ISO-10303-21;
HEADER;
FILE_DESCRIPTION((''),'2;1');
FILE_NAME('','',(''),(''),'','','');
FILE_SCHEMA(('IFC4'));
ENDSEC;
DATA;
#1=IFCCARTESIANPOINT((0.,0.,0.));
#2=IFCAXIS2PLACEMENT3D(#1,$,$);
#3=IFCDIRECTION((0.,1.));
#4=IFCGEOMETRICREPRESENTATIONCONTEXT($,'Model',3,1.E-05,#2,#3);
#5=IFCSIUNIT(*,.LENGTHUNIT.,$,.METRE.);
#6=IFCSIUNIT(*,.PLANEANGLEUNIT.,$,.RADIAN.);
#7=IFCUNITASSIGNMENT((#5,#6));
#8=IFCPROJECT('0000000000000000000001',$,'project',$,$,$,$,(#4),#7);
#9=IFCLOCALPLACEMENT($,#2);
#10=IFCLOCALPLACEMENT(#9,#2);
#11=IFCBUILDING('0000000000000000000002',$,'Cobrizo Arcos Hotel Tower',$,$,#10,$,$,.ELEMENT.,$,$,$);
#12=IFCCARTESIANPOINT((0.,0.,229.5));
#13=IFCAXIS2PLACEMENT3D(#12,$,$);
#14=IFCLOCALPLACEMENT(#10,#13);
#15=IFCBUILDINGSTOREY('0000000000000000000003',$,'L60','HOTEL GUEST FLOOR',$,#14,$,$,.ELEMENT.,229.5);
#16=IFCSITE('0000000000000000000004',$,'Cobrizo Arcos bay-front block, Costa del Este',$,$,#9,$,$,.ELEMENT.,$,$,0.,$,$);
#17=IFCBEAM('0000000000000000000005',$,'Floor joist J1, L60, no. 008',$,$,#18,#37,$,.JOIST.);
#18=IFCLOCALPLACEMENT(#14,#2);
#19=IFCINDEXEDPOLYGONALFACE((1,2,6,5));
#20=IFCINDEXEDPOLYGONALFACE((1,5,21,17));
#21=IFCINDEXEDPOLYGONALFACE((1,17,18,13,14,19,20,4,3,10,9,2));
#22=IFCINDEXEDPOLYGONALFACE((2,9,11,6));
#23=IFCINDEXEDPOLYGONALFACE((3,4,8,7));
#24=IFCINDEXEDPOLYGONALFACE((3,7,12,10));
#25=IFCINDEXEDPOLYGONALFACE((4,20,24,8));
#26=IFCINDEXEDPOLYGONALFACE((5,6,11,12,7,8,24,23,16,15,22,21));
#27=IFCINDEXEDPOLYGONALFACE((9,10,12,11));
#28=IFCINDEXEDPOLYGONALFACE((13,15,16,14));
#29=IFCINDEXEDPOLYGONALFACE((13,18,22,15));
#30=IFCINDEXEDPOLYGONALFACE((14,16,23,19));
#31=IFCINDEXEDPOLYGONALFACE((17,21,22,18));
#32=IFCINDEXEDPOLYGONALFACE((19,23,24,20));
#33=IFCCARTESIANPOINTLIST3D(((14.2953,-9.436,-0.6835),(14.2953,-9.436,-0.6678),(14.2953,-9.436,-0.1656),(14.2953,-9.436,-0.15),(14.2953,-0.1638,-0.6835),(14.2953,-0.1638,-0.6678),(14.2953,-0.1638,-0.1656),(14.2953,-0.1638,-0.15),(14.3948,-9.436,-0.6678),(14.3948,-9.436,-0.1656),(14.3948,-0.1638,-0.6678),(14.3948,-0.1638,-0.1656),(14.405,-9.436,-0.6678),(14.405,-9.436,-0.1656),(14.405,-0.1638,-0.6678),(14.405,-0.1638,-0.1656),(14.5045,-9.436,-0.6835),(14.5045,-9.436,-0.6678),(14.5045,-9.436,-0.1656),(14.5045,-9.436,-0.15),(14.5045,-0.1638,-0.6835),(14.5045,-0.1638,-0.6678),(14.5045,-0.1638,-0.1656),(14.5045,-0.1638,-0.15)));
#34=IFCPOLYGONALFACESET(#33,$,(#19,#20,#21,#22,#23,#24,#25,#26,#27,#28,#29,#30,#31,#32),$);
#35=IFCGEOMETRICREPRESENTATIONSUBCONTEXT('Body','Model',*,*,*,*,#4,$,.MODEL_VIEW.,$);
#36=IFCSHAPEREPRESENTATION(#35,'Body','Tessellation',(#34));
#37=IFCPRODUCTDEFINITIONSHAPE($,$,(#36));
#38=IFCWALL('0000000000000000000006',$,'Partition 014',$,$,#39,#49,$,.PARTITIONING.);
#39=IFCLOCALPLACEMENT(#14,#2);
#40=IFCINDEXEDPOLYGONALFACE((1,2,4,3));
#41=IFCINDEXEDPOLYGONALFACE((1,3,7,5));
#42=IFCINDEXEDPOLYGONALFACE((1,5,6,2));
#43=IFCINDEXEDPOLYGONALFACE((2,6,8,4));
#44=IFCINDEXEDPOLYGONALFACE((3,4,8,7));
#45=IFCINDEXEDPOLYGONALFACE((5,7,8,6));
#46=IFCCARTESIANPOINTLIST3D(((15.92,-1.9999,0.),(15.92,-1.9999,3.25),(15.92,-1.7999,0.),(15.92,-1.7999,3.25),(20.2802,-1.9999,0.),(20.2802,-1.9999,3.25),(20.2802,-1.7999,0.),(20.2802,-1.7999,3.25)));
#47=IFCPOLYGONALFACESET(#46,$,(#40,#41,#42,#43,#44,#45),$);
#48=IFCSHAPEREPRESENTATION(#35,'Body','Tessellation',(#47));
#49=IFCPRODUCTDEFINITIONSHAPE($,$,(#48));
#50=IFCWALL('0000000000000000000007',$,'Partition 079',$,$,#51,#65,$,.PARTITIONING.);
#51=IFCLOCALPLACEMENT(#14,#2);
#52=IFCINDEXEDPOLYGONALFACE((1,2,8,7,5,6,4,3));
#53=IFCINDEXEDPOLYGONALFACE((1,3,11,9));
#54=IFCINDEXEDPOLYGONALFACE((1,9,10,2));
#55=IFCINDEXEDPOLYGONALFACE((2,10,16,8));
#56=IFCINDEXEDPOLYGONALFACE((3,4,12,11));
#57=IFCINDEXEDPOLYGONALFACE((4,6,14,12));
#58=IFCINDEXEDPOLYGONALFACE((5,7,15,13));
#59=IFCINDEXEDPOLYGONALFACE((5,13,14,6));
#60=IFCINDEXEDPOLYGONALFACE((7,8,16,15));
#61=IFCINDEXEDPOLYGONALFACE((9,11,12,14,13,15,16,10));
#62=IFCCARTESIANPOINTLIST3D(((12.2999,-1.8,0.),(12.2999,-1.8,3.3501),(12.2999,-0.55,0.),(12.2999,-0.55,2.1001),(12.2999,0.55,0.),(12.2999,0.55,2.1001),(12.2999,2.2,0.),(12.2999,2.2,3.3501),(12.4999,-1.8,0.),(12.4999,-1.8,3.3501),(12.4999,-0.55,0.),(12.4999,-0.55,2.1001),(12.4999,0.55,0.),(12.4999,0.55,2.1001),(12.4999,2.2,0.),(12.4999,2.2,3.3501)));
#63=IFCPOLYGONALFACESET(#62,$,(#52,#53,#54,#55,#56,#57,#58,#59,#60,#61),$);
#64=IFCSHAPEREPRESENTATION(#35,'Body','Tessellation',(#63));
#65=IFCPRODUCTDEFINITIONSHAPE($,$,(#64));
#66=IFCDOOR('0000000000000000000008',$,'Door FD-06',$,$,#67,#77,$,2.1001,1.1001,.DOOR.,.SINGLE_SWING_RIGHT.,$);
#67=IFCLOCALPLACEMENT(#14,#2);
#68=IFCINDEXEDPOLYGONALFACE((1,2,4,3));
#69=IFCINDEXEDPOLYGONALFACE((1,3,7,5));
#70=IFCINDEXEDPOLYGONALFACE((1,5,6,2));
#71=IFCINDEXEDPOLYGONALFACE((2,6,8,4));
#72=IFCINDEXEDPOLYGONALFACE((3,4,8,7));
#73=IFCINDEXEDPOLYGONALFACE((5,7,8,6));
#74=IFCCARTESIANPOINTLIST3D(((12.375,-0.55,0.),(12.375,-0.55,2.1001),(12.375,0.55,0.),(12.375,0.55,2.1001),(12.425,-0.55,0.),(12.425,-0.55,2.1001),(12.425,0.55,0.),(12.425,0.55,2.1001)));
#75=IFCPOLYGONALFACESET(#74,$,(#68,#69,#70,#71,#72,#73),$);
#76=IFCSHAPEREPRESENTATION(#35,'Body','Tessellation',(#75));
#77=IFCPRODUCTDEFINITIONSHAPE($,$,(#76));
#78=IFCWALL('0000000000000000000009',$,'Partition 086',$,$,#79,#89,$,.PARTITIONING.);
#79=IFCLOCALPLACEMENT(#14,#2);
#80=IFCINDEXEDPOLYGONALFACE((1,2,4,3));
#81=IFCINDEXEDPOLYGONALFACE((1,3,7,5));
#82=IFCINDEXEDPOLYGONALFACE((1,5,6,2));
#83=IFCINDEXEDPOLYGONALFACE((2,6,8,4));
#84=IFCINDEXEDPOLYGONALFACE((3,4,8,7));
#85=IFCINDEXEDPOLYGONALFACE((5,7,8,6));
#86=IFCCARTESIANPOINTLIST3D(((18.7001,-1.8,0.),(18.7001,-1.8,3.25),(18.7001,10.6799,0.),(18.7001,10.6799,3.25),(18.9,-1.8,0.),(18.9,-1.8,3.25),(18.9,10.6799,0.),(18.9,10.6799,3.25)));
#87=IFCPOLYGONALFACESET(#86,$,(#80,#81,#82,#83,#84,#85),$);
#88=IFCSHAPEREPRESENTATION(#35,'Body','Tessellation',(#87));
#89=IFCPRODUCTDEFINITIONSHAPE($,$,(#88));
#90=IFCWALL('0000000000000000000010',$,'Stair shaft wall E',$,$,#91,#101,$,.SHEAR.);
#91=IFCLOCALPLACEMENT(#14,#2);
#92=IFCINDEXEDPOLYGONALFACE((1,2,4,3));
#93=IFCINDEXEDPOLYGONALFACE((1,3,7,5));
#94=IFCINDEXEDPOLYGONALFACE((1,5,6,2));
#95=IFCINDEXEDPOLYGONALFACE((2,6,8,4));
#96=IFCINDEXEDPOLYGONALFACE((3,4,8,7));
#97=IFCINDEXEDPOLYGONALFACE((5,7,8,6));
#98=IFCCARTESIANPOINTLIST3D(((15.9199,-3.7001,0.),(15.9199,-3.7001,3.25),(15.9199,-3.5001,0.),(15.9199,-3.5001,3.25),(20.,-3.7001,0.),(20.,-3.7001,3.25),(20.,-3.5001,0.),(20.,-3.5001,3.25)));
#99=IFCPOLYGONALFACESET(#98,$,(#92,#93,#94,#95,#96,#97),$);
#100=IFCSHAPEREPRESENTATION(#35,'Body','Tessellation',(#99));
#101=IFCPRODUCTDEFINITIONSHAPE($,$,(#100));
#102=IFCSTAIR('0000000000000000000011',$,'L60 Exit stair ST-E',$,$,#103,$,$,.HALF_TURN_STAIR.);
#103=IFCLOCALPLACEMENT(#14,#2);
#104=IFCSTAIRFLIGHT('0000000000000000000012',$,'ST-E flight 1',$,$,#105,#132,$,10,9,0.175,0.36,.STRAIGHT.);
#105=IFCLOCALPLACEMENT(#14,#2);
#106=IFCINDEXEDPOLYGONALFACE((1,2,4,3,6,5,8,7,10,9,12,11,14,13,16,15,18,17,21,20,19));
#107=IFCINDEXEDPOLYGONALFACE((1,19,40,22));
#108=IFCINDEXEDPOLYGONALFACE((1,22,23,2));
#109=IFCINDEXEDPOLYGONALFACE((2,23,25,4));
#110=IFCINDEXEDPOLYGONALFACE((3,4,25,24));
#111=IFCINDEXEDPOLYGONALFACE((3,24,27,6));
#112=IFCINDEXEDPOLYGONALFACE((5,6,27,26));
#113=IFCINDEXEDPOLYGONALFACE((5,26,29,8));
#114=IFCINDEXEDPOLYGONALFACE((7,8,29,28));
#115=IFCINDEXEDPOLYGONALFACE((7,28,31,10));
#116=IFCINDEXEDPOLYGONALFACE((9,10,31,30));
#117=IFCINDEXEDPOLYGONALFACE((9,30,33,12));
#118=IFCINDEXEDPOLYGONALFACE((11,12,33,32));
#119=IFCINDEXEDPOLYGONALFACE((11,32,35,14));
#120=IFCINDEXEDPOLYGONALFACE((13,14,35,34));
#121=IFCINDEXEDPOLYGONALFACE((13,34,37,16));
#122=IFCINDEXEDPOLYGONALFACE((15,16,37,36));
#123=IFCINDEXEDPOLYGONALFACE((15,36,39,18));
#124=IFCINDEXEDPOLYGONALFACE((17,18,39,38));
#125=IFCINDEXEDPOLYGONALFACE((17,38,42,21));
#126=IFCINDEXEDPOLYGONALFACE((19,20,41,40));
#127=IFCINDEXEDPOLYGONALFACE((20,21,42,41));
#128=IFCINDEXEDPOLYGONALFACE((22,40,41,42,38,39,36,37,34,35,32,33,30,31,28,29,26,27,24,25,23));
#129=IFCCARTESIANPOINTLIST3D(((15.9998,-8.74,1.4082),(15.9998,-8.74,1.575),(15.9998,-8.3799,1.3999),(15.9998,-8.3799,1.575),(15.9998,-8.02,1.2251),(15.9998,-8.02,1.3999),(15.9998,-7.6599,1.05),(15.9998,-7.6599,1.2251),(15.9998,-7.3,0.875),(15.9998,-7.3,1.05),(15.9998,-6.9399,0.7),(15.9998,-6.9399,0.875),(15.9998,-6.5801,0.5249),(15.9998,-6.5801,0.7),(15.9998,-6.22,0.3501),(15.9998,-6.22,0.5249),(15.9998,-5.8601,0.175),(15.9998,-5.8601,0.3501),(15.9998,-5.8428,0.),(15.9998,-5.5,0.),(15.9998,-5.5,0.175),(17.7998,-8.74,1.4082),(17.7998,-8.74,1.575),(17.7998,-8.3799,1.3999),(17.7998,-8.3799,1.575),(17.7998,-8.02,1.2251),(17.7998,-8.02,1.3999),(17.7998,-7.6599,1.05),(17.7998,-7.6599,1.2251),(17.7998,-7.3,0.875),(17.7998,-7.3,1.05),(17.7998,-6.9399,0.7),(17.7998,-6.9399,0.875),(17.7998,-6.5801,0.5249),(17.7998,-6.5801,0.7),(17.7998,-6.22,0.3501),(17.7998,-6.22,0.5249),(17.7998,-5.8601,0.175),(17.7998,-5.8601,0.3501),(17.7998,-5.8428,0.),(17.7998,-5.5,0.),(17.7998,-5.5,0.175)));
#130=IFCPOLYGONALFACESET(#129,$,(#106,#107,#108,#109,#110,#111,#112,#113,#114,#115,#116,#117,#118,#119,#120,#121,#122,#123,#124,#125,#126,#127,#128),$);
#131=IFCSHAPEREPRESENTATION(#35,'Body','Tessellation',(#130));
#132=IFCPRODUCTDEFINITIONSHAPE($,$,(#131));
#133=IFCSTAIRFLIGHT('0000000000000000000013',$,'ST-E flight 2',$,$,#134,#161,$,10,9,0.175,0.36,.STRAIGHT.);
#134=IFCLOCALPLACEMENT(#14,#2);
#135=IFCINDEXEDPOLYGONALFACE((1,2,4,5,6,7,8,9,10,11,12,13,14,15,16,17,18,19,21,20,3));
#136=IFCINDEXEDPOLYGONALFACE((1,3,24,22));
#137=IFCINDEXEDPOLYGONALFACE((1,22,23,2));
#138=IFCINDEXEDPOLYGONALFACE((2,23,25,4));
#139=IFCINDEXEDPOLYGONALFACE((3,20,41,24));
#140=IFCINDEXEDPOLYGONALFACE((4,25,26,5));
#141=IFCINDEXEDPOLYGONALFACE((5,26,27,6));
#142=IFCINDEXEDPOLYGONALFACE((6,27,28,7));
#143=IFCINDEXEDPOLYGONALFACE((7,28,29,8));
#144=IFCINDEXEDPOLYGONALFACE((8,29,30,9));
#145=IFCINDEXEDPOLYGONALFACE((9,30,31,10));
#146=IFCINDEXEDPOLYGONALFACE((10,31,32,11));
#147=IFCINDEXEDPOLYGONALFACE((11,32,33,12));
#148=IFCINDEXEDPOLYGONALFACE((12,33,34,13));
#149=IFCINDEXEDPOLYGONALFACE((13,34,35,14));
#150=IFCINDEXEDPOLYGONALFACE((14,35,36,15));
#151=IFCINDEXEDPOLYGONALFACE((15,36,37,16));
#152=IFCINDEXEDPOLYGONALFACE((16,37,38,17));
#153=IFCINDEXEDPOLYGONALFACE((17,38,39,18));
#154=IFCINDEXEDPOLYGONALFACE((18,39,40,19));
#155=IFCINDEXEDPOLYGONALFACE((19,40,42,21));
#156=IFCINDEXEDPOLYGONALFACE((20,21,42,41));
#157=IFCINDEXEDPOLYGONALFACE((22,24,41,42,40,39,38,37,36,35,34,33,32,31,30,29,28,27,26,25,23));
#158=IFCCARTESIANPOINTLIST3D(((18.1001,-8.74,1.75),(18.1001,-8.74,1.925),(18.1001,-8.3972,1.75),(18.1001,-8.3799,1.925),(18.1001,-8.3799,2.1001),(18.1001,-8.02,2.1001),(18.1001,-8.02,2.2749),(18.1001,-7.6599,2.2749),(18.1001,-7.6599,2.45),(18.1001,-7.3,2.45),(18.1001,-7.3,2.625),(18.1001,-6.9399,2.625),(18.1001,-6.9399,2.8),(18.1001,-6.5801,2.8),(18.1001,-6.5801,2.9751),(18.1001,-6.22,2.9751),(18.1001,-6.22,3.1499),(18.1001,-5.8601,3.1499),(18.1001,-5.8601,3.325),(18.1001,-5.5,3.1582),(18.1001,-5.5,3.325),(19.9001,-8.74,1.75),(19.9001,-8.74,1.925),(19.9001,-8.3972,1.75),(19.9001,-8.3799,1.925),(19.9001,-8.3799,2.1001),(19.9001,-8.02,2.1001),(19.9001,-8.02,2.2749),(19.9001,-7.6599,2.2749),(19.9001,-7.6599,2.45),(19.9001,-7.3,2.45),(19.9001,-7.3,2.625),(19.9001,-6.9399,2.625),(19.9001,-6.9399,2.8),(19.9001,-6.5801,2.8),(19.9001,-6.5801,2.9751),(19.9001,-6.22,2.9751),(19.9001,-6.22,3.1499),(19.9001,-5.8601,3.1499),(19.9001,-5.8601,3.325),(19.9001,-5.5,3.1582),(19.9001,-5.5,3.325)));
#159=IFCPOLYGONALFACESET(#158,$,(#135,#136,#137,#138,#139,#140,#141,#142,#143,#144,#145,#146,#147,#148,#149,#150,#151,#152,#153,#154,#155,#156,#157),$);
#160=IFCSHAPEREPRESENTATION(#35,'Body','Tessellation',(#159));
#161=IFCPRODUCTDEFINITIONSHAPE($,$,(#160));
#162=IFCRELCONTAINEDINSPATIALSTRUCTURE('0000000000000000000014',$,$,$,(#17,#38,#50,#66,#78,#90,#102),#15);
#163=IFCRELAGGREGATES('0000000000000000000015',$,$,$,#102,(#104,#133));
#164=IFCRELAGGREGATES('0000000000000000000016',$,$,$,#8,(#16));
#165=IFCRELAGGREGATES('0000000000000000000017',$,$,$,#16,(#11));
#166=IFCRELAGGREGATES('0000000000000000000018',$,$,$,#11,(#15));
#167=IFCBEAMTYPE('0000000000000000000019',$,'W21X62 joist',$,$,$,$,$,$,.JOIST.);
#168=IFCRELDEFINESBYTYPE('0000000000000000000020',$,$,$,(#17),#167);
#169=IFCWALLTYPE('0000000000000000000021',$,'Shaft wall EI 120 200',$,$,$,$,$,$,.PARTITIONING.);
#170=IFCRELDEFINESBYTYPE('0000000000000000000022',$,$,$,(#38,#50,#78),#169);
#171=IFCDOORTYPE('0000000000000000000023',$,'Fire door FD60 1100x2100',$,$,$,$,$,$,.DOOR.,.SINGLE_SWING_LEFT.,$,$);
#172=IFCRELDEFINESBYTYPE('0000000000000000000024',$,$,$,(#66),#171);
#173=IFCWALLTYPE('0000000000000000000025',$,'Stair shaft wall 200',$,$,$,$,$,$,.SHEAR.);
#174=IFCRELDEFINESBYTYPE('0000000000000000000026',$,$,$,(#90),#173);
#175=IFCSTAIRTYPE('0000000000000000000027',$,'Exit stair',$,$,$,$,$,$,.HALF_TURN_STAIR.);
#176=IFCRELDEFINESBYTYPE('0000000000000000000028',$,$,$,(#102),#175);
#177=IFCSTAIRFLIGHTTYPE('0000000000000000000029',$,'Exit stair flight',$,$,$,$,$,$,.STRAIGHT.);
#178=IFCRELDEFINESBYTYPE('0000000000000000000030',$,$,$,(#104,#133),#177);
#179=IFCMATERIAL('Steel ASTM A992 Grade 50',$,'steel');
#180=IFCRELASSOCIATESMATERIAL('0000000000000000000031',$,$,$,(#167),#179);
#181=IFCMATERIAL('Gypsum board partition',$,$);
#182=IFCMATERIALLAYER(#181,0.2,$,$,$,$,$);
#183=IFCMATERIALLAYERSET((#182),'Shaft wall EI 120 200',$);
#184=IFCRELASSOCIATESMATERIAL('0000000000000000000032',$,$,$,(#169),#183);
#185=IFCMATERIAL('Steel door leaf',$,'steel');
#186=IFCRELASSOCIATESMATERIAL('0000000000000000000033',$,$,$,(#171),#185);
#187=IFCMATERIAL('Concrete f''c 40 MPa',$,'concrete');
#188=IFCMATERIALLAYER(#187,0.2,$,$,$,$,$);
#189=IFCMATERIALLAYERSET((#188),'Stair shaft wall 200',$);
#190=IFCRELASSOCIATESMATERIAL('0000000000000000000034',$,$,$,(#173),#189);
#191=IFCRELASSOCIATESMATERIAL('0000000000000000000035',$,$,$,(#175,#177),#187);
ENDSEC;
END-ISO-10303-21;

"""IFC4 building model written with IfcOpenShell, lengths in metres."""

from ifc_helpers import new_model, si_unit, direction, frame, frame_2d, origin, origin_2d, place, context, subcontext, project, spatial, polyline, rectangle, i_section, outline, extrude, material, layer, layer_set, material_profile, profile_set, type_object, element, fill, aggregate, save


model = new_model("IFC4")

# Units and contexts
model_context = context("Model", 3, precision=1e-05, world=origin(), true_north=direction((0.0, 1.0)))
body_context = subcontext(model_context, "Body", "Model", "MODEL_VIEW")
ifc_project = project(units=[si_unit("LENGTHUNIT", "METRE"), si_unit("PLANEANGLEUNIT", "RADIAN")], contexts=[model_context])

# Site, building, storey
site_placement = place(None, origin())
site = spatial("IfcSite", under=ifc_project, at=site_placement, Name="Cobrizo Arcos bay-front block, Costa del Este", CompositionType="ELEMENT", RefElevation=0.0)
building_placement = place(site_placement, origin())
building = spatial("IfcBuilding", under=site, at=building_placement, Name="Cobrizo Arcos Hotel Tower", CompositionType="ELEMENT")
storey_placement = place(building_placement, frame((0.0, 0.0, 229.5)))
storey = spatial("IfcBuildingStorey", under=building, at=storey_placement, Name="L60", Description="HOTEL GUEST FLOOR", CompositionType="ELEMENT", Elevation=229.5)

# Beam
ifc_material_1 = material(Name="Steel ASTM A992 Grade 50", Category="steel")
ifc_material_profile = material_profile(ifc_material_1, i_section(OverallWidth=0.2092, OverallDepth=0.5334, WebThickness=0.0103, FlangeThickness=0.0156, at=origin_2d()), Name="W21X62")
ifc_profile_set = profile_set([ifc_material_profile], Name="Steel ASTM A992 Grade 50")
beam_type = type_object("IfcBeamType", Name="W21X62 joist", PredefinedType="JOIST", material=ifc_profile_set)
beam_placement = place(storey_placement, frame((14.3999, -9.436, -0.4167), z_axis=(0.0, 1.0, 0.0), x_axis=(-1.0, 0.0, 0.0)))
element("IfcBeam", 1, at=beam_placement, inside=storey, type_object=beam_type, Name="Floor joist J1, L60, no. 008", PredefinedType="JOIST", context=body_context, shape_type="SweptSolid", body=[
    extrude(i_section(OverallWidth=0.2092, OverallDepth=0.5334, WebThickness=0.0103, FlangeThickness=0.0156, at=origin_2d()), origin(), (0.0, 0.0, 1.0), 9.2722),
])

# Wall
ifc_material_2 = material(Name="Gypsum board partition")
ifc_layer_1 = layer(ifc_material_2, 0.2)
ifc_layer_set_1 = layer_set([ifc_layer_1], Name="Shaft wall EI 120 200")
wall_type_1 = type_object("IfcWallType", Name="Shaft wall EI 120 200", PredefinedType="PARTITIONING", material=ifc_layer_set_1)
wall_1_placement = place(storey_placement, frame((15.9199, -1.8999, 0.0), z_axis=(0.0, 0.0, 1.0), x_axis=(1.0, 0.0, 0.0)))
element("IfcWall", 2, at=wall_1_placement, inside=storey, type_object=wall_type_1, Name="Partition 014", PredefinedType="PARTITIONING", context=body_context, shape_type="SweptSolid", body=[
    extrude(rectangle(XDim=4.3601, YDim=0.2, at=frame_2d((2.1802, 0.0))), origin(), (0.0, 0.0, 1.0), 3.25),
])

# Wall, opening, door
wall_2_placement = place(storey_placement, frame((12.3999, -1.8, 0.0), z_axis=(0.0, 0.0, 1.0), x_axis=(0.0, 1.0, 0.0)))
wall_2 = element("IfcWall", 3, at=wall_2_placement, inside=storey, type_object=wall_type_1, Name="Partition 079", PredefinedType="PARTITIONING", context=body_context, shape_type="SweptSolid", body=[
    extrude(rectangle(XDim=4.0, YDim=0.2, at=frame_2d((2.0, 0.0))), origin(), (0.0, 0.0, 1.0), 3.3501),
])
opening_placement = place(wall_2_placement, frame((1.25, 0.0, 0.0)))
opening = element("IfcOpeningElement", 4, at=opening_placement, cuts=wall_2, PredefinedType="OPENING", context=body_context, shape_type="SweptSolid", body=[
    extrude(rectangle(XDim=1.1001, YDim=2.1001, at=frame_2d((0.55, 1.05))), frame((0.0, 0.1121, 0.0), z_axis=(0.0, -1.0, 0.0), x_axis=(1.0, 0.0, 0.0)), (0.0, 0.0, 1.0), 0.2239),
])
ifc_material_3 = material(Name="Steel door leaf", Category="steel")
door_type = type_object("IfcDoorType", Name="Fire door FD60 1100x2100", OperationType="SINGLE_SWING_LEFT", PredefinedType="DOOR", material=ifc_material_3)
door_placement = place(opening_placement, origin())
door = element("IfcDoor", 5, at=door_placement, inside=storey, type_object=door_type, Name="Door FD-06", OperationType="SINGLE_SWING_RIGHT", OverallHeight=2.1001, OverallWidth=1.1001, PredefinedType="DOOR", context=body_context, shape_type="SweptSolid", body=[
    extrude(rectangle(XDim=1.1001, YDim=2.1001, at=frame_2d((0.55, 1.05))), frame((0.0, 0.0249, 0.0), z_axis=(0.0, -1.0, 0.0), x_axis=(1.0, 0.0, 0.0)), (0.0, 0.0, 1.0), 0.05),
])
fill(opening, door)

# Walls
wall_3_placement = place(storey_placement, frame((18.8, -1.8, 0.0), z_axis=(0.0, 0.0, 1.0), x_axis=(0.0, 1.0, 0.0)))
element("IfcWall", 6, at=wall_3_placement, inside=storey, type_object=wall_type_1, Name="Partition 086", PredefinedType="PARTITIONING", context=body_context, shape_type="SweptSolid", body=[
    extrude(rectangle(XDim=12.48, YDim=0.2, at=frame_2d((6.24, 0.0))), origin(), (0.0, 0.0, 1.0), 3.25),
])
ifc_material_4 = material(Name="Concrete f'c 40 MPa", Category="concrete")
ifc_layer_2 = layer(ifc_material_4, 0.2)
ifc_layer_set_2 = layer_set([ifc_layer_2], Name="Stair shaft wall 200")
wall_type_2 = type_object("IfcWallType", Name="Stair shaft wall 200", PredefinedType="SHEAR", material=ifc_layer_set_2)
wall_4_placement = place(storey_placement, frame((15.9199, -3.6001, 0.0), z_axis=(0.0, 0.0, 1.0), x_axis=(1.0, 0.0, 0.0)))
element("IfcWall", 7, at=wall_4_placement, inside=storey, type_object=wall_type_2, Name="Stair shaft wall E", PredefinedType="SHEAR", context=body_context, shape_type="SweptSolid", body=[
    extrude(rectangle(XDim=4.0801, YDim=0.2, at=frame_2d((2.04, 0.0))), origin(), (0.0, 0.0, 1.0), 3.25),
])

# Stair, stair flights
stair_type = type_object("IfcStairType", Name="Exit stair", PredefinedType="HALF_TURN_STAIR", material=ifc_material_4)
stair_placement = place(storey_placement, origin())
stair = element("IfcStair", 8, at=stair_placement, inside=storey, type_object=stair_type, Name="L60 Exit stair ST-E", PredefinedType="HALF_TURN_STAIR")
stair_flight_type = type_object("IfcStairFlightType", Name="Exit stair flight", PredefinedType="STRAIGHT", material=ifc_material_4)
stair_flight_1_placement = place(storey_placement, frame((16.8999, -5.5, 0.0), z_axis=(0.0, 0.0, 1.0), x_axis=(0.0, -1.0, 0.0)))
stair_flight_1 = element("IfcStairFlight", 9, at=stair_flight_1_placement, type_object=stair_flight_type, Name="ST-E flight 1", NumberOfRisers=10, NumberOfTreads=9, PredefinedType="STRAIGHT", RiserHeight=0.175, TreadLength=0.36, context=body_context, shape_type="SweptSolid", body=[
    extrude(outline(polyline([(0.0, 0.0), (0.0, 0.175), (0.3601, 0.175), (0.3601, 0.3501), (0.72, 0.3501), (0.72, 0.5249), (1.0801, 0.5249), (1.0801, 0.7), (1.4399, 0.7), (1.4399, 0.875), (1.8, 0.875), (1.8, 1.05), (2.1599, 1.05), (2.1599, 1.2251), (2.52, 1.2251), (2.52, 1.3999), (2.8799, 1.3999), (2.8799, 1.575), (3.24, 1.575), (3.24, 1.75), (3.24, 1.4082), (0.3428, 0.0), (0.0, 0.0)])), frame((0.0, 0.8999, 0.0), z_axis=(0.0, -1.0, 0.0), x_axis=(1.0, 0.0, 0.0)), (0.0, 0.0, 1.0), 1.8),
])
stair_flight_2_placement = place(storey_placement, frame((19.0, -8.74, 1.75), z_axis=(0.0, 0.0, 1.0), x_axis=(0.0, 1.0, 0.0)))
stair_flight_2 = element("IfcStairFlight", 10, at=stair_flight_2_placement, type_object=stair_flight_type, Name="ST-E flight 2", NumberOfRisers=10, NumberOfTreads=9, PredefinedType="STRAIGHT", RiserHeight=0.175, TreadLength=0.36, context=body_context, shape_type="SweptSolid", body=[
    extrude(outline(polyline([(0.0, 0.0), (0.0, 0.175), (0.3601, 0.175), (0.3601, 0.3501), (0.72, 0.3501), (0.72, 0.5249), (1.0801, 0.5249), (1.0801, 0.7), (1.4399, 0.7), (1.4399, 0.875), (1.8, 0.875), (1.8, 1.05), (2.1599, 1.05), (2.1599, 1.2251), (2.52, 1.2251), (2.52, 1.3999), (2.8799, 1.3999), (2.8799, 1.575), (3.24, 1.575), (3.24, 1.75), (3.24, 1.4082), (0.3428, 0.0), (0.0, 0.0)])), frame((0.0, 0.8999, 0.0), z_axis=(0.0, -1.0, 0.0), x_axis=(1.0, 0.0, 0.0)), (0.0, 0.0, 1.0), 1.8),
])
aggregate(stair, [stair_flight_1, stair_flight_2])

save(model, "model.ifc")
